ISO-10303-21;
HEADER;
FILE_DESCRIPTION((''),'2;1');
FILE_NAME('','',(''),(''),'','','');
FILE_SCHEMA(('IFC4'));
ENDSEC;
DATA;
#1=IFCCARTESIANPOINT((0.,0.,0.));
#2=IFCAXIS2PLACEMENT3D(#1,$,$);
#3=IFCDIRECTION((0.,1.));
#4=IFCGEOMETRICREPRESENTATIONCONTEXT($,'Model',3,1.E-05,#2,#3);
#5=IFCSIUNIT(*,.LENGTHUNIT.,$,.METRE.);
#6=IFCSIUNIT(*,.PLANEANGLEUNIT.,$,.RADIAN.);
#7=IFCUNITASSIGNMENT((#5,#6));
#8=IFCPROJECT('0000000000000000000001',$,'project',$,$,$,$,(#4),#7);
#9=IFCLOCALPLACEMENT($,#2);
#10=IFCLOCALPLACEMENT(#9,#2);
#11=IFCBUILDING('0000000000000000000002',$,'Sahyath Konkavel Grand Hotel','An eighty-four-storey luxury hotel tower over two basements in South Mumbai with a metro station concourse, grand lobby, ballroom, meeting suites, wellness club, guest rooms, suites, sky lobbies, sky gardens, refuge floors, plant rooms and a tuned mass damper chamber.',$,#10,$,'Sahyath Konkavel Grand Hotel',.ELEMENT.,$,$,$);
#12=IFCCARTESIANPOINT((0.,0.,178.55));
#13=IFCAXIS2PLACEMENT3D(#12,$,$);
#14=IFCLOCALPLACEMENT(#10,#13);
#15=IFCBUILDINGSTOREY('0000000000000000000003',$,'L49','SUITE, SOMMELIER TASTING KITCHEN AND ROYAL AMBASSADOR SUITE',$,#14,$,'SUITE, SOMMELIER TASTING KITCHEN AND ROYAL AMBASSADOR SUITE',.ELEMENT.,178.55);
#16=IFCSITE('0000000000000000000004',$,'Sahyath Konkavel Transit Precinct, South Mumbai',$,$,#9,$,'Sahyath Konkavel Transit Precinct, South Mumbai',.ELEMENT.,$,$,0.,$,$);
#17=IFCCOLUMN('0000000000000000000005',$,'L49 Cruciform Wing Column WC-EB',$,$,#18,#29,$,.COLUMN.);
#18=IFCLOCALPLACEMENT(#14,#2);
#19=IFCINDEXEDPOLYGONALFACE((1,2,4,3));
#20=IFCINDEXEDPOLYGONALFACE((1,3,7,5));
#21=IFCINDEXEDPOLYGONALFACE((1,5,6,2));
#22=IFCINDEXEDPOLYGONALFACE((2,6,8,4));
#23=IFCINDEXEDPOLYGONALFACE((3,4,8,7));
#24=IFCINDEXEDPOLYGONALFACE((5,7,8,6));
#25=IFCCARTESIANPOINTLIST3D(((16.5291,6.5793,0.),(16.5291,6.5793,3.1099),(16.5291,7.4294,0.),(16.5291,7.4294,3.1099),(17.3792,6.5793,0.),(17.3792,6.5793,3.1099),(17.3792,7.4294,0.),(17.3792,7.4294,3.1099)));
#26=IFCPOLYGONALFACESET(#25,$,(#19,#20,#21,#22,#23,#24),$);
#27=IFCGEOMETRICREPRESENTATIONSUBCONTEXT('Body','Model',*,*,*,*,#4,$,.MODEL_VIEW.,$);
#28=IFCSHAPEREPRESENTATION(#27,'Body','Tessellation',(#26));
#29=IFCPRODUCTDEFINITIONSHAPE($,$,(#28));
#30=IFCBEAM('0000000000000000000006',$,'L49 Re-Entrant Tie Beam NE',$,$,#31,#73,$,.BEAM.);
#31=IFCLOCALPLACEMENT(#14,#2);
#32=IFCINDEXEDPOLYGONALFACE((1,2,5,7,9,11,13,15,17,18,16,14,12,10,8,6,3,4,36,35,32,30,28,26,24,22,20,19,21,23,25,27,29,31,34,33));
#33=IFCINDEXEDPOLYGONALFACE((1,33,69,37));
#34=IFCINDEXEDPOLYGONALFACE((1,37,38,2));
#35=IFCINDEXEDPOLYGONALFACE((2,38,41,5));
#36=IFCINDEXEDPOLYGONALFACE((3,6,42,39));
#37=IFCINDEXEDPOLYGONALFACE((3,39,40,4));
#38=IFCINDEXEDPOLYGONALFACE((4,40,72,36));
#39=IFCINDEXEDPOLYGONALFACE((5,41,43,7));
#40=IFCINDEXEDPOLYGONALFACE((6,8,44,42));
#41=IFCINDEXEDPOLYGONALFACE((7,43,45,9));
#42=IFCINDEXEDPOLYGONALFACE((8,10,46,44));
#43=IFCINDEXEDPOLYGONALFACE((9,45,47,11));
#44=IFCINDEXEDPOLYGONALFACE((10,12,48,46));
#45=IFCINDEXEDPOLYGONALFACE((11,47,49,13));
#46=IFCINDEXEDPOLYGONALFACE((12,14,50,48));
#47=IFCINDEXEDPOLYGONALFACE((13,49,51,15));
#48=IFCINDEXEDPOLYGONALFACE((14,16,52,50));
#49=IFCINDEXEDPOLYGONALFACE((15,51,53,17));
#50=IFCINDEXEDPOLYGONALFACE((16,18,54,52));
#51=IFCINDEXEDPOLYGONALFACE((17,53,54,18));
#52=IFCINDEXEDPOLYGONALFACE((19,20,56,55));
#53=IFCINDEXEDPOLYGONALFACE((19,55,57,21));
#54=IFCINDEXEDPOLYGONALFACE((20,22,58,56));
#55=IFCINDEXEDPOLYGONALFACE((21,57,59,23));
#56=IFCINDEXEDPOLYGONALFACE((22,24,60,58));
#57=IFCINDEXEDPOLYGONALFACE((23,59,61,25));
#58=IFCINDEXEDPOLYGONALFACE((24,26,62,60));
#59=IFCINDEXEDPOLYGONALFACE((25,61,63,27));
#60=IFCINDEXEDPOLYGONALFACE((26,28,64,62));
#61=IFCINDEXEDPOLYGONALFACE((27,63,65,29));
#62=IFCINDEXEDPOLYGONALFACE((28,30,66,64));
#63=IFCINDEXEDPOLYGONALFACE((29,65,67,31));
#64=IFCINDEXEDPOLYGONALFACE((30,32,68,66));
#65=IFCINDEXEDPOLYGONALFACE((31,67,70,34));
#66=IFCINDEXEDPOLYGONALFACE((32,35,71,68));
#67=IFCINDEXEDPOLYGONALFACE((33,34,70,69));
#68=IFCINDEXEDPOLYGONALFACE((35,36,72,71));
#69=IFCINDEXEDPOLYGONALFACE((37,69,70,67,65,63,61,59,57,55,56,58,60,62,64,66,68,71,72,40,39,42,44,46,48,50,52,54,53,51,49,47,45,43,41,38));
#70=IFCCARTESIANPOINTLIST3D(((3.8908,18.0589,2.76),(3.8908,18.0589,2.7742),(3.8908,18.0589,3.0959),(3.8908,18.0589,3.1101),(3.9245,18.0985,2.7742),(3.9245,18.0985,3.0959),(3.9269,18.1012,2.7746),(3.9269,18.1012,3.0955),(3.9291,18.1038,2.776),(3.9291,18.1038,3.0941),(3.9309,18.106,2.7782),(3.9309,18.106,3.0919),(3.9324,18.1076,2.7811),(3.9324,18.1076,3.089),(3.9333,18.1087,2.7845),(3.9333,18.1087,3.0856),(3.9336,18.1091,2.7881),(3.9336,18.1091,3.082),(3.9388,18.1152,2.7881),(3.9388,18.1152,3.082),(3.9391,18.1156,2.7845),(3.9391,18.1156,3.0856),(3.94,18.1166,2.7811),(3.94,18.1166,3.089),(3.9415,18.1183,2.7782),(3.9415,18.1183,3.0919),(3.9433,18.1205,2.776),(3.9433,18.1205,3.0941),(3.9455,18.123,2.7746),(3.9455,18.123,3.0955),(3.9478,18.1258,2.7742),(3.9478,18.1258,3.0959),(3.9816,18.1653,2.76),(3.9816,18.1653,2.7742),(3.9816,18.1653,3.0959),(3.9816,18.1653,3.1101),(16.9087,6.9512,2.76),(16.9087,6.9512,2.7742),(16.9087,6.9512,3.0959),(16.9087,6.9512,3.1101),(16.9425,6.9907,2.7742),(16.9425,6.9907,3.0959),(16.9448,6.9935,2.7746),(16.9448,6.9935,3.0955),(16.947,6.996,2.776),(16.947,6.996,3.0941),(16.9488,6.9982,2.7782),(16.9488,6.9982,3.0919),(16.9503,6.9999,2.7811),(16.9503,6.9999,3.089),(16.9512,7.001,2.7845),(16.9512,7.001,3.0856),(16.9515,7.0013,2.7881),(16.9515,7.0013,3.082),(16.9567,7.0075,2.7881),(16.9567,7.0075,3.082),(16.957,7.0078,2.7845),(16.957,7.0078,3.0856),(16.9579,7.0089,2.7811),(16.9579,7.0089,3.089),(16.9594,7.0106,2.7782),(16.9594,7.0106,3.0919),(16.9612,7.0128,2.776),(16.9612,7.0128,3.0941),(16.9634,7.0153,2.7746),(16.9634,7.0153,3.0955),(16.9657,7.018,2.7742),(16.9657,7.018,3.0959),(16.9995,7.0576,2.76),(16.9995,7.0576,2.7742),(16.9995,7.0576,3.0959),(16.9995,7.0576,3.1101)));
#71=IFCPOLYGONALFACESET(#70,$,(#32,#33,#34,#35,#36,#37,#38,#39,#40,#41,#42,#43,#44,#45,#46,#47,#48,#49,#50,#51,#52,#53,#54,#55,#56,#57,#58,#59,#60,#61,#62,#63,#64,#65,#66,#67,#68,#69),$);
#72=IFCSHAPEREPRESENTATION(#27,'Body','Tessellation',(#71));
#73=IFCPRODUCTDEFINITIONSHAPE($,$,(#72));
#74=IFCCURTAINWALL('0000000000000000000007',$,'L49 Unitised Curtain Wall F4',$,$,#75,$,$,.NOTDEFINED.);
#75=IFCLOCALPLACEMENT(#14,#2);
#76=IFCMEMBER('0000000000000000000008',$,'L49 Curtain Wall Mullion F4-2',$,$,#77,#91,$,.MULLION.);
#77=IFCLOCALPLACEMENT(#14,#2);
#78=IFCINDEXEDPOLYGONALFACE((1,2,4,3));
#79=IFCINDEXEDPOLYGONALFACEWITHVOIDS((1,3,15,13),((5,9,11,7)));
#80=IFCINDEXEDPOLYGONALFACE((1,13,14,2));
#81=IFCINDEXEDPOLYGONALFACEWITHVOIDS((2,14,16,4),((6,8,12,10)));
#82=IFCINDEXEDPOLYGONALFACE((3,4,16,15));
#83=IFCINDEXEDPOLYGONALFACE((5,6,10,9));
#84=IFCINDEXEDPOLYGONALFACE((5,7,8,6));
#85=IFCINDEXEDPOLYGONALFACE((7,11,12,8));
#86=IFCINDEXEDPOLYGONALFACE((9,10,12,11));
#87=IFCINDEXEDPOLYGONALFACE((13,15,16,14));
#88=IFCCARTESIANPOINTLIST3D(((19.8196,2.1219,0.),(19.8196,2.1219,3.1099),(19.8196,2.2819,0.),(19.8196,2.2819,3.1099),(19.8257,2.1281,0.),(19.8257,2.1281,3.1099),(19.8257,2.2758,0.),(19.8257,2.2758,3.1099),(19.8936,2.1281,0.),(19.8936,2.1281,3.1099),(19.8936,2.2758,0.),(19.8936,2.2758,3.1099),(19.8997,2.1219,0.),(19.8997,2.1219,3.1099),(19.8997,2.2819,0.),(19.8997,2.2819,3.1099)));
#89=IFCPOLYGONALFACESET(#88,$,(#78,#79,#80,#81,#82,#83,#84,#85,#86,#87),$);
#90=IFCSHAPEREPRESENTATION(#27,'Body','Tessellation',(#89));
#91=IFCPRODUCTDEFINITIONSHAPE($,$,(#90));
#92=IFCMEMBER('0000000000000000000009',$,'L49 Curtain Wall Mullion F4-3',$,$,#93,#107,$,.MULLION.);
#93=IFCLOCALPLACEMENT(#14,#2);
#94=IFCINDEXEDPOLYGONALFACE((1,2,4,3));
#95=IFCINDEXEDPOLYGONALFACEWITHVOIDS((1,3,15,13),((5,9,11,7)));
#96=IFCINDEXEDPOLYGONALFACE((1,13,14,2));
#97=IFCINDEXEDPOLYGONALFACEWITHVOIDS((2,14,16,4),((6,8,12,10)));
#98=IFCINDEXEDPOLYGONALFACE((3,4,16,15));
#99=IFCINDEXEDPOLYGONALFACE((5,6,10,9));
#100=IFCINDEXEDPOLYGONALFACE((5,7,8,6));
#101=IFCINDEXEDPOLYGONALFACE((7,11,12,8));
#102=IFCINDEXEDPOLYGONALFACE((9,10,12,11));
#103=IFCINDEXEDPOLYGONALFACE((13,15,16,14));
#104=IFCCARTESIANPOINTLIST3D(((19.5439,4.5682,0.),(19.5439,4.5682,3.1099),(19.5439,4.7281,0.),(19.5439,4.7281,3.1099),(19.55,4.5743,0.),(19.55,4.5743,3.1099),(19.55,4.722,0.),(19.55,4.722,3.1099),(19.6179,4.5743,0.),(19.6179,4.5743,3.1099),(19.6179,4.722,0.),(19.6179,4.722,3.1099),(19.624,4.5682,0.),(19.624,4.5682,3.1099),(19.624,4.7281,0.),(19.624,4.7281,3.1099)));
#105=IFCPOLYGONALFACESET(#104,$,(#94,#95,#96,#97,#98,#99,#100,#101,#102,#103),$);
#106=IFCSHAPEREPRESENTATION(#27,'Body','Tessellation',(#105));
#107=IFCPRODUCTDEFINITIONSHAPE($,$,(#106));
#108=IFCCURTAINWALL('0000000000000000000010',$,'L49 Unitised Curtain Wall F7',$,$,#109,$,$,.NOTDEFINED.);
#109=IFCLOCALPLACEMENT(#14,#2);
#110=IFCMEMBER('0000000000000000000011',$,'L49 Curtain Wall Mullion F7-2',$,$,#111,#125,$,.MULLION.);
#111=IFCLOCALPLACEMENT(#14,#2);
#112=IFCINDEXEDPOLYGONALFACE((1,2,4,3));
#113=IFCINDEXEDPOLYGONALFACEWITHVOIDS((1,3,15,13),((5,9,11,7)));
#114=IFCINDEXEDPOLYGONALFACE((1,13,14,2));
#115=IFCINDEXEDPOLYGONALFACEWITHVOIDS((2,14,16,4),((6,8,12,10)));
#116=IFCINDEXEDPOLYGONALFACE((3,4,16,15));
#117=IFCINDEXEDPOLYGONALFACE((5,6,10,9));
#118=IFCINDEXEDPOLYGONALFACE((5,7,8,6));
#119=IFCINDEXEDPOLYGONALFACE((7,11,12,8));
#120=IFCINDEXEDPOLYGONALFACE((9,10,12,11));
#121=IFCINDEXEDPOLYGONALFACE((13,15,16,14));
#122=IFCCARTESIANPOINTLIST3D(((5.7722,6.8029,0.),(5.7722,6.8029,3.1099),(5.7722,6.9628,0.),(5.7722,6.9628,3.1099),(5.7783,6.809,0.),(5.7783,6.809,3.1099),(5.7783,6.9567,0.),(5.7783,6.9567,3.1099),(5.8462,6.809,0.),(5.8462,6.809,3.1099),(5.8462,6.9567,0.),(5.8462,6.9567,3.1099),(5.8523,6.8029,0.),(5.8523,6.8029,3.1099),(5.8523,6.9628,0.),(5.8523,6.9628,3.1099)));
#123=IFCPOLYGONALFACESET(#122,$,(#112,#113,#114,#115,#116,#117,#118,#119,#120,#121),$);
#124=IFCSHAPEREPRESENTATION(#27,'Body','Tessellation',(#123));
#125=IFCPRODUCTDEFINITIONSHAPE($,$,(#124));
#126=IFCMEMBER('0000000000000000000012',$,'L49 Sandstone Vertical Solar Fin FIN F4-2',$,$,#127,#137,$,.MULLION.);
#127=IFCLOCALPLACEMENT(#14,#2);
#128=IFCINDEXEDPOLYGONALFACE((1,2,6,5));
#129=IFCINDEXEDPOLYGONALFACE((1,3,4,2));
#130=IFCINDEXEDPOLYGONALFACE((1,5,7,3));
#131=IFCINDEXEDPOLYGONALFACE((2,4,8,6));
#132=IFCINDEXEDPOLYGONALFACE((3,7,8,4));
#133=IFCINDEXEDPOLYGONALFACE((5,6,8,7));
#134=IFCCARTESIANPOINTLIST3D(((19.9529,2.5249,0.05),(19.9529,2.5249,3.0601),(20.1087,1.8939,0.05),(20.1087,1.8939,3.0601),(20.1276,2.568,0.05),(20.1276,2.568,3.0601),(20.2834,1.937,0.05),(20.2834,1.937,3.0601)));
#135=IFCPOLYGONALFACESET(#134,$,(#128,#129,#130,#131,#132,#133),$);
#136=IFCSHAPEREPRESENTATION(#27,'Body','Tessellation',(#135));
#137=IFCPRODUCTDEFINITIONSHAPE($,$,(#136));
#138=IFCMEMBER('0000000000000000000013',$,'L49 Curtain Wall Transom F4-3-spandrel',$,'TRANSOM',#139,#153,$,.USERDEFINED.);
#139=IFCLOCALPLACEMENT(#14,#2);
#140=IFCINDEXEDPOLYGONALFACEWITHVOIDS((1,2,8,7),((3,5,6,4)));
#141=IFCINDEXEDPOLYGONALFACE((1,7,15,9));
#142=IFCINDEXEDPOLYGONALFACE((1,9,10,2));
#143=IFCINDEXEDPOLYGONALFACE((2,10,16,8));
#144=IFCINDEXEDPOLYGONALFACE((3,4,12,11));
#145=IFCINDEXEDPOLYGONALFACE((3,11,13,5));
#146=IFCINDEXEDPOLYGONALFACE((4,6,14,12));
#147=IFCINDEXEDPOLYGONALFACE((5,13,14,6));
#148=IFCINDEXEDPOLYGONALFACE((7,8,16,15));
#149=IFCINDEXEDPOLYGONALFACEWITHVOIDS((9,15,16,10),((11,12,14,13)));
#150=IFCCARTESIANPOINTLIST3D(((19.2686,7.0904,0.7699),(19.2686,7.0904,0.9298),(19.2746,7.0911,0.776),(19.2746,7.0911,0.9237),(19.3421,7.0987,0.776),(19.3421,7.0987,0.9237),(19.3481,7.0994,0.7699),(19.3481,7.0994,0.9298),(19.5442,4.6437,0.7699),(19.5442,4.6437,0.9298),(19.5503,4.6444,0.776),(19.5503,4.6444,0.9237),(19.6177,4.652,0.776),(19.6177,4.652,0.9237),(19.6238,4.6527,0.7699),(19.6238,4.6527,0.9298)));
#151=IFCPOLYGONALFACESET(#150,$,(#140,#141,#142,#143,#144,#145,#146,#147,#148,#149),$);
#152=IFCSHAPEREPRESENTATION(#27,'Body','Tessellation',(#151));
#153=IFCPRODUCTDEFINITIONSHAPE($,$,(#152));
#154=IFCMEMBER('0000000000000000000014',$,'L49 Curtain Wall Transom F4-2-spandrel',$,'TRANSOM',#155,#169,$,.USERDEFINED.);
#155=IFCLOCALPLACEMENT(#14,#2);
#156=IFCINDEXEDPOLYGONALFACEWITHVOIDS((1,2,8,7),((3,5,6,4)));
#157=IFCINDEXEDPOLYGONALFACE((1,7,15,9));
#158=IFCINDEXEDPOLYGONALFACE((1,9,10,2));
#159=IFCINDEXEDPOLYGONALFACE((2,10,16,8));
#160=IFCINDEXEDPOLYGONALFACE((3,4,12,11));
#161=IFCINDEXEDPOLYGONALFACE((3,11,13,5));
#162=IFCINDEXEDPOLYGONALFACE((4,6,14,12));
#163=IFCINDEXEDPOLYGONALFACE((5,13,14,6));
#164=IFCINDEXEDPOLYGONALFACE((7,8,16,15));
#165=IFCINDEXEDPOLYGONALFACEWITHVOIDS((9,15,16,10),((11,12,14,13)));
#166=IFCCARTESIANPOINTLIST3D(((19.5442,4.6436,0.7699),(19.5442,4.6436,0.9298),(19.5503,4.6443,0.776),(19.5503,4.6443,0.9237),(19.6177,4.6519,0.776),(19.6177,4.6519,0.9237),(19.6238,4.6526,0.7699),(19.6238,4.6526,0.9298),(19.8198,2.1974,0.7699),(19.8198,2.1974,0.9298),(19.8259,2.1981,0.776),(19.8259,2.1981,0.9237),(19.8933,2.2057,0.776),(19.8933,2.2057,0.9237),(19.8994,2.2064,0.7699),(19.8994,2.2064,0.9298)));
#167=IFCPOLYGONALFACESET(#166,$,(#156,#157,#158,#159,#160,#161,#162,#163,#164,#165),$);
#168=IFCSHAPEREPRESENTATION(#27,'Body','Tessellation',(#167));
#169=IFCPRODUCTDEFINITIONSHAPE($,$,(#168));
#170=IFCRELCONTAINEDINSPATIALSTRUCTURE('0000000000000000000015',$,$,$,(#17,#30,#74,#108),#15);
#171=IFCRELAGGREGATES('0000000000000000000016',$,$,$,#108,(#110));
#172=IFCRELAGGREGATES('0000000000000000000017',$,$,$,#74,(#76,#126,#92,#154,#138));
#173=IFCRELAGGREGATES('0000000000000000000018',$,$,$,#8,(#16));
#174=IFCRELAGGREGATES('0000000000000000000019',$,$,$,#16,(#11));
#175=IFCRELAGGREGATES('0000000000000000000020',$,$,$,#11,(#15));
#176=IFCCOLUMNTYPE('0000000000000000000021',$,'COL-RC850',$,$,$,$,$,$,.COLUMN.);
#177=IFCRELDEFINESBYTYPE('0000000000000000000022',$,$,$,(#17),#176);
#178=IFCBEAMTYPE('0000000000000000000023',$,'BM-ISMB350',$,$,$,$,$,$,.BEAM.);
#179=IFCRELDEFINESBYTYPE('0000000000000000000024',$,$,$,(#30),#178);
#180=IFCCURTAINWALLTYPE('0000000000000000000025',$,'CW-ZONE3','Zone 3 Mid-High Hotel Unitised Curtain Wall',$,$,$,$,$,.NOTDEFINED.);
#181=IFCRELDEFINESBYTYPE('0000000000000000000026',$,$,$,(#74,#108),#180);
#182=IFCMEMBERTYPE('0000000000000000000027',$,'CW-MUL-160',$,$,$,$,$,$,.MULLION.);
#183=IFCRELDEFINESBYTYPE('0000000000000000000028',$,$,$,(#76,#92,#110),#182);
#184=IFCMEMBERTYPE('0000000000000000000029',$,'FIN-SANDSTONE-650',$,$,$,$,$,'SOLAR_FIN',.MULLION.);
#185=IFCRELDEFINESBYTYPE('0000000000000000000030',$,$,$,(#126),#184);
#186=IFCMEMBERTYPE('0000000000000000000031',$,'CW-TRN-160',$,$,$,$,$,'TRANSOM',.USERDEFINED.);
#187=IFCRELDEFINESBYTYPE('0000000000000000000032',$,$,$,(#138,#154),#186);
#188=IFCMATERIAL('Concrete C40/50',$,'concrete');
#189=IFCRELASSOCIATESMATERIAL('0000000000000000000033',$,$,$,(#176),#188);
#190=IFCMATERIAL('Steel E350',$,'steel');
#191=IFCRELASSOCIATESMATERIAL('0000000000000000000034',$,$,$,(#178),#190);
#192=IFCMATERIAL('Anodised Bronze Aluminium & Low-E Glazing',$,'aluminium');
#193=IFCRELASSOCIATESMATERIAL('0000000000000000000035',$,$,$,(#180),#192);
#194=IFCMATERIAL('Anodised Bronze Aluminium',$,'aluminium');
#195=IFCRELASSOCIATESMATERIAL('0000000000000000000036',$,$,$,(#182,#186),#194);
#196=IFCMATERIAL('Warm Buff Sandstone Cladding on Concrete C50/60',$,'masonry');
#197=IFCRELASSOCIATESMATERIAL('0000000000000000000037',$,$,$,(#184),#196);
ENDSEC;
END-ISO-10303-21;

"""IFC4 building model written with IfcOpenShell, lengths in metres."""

from ifc_helpers import new_model, si_unit, direction, frame, origin, origin_2d, place, context, subcontext, project, spatial, rectangle, hollow_rectangle, i_section, extrude, source, transform, mapped, material, material_profile, profile_set, type_object, element, aggregate, save


model = new_model("IFC4")

# Units and contexts
model_context = context("Model", 3, precision=1e-05, world=origin(), true_north=direction((0.0, 1.0)))
body_context = subcontext(model_context, "Body", "Model", "MODEL_VIEW")
ifc_project = project(units=[si_unit("LENGTHUNIT", "METRE"), si_unit("PLANEANGLEUNIT", "RADIAN")], contexts=[model_context])

# Site, building, storey
site_placement = place(None, origin())
site = spatial("IfcSite", under=ifc_project, at=site_placement, Name="Sahyath Konkavel Transit Precinct, South Mumbai", LongName="Sahyath Konkavel Transit Precinct, South Mumbai", CompositionType="ELEMENT", RefElevation=0.0)
building_placement = place(site_placement, origin())
building = spatial("IfcBuilding", under=site, at=building_placement, Name="Sahyath Konkavel Grand Hotel", Description="An eighty-four-storey luxury hotel tower over two basements in South Mumbai with a metro station concourse, grand lobby, ballroom, meeting suites, wellness club, guest rooms, suites, sky lobbies, sky gardens, refuge floors, plant rooms and a tuned mass damper chamber.", LongName="Sahyath Konkavel Grand Hotel", CompositionType="ELEMENT")
storey_placement = place(building_placement, frame((0.0, 0.0, 178.55)))
storey = spatial("IfcBuildingStorey", under=building, at=storey_placement, Name="L49", Description="SUITE, SOMMELIER TASTING KITCHEN AND ROYAL AMBASSADOR SUITE", LongName="SUITE, SOMMELIER TASTING KITCHEN AND ROYAL AMBASSADOR SUITE", CompositionType="ELEMENT", Elevation=178.55)

# Column
ifc_material_1 = material(Name="Concrete C40/50", Category="concrete")
ifc_material_profile_1 = material_profile(ifc_material_1, rectangle(XDim=0.8501, YDim=0.8501, at=origin_2d()), Name="RC 850x850")
ifc_profile_set_1 = profile_set([ifc_material_profile_1], Name="Concrete C40/50")
column_type = type_object("IfcColumnType", Name="COL-RC850", PredefinedType="COLUMN", material=ifc_profile_set_1)
shared_shape_1 = source(origin(), body_context, "Body", "SweptSolid", [
    extrude(rectangle(XDim=0.8501, YDim=0.8501, at=origin_2d()), origin(), (0.0, 0.0, 1.0), 3.1099),
])
column_placement = place(storey_placement, frame((16.9541, 7.0044, 0.0), z_axis=(0.0, 0.0, 1.0), x_axis=(1.0, 0.0, 0.0)))
element("IfcColumn", 1, at=column_placement, inside=storey, type_object=column_type, Name="L49 Cruciform Wing Column WC-EB", PredefinedType="COLUMN", context=body_context, shape_type="MappedRepresentation", body=[
    mapped(shared_shape_1, transform((0.0, 0.0, 0.0), scale=1.0)),
])

# Beam
ifc_material_2 = material(Name="Steel E350", Category="steel")
ifc_material_profile_2 = material_profile(ifc_material_2, i_section(OverallWidth=0.1399, OverallDepth=0.3501, WebThickness=0.0081, FlangeThickness=0.0142, FilletRadius=0.0139, at=origin_2d()), Name="ISMB 350")
ifc_profile_set_2 = profile_set([ifc_material_profile_2], Name="Steel E350")
beam_type_1 = type_object("IfcBeamType", Name="BM-ISMB350", PredefinedType="BEAM", material=ifc_profile_set_2)
shared_shape_2 = source(origin(), body_context, "Body", "SweptSolid", [
    extrude(i_section(OverallWidth=0.1399, OverallDepth=0.3501, WebThickness=0.0081, FlangeThickness=0.0142, FilletRadius=0.0139, at=origin_2d()), origin(), (0.0, 0.0, 1.0), 17.1128),
])
beam_1_placement = place(storey_placement, frame((16.9541, 7.0044, 2.9351), z_axis=(-0.760712, 0.64909, 0.0), x_axis=(-0.64909, -0.760712, 0.0)))
element("IfcBeam", 2, at=beam_1_placement, inside=storey, type_object=beam_type_1, Name="L49 Re-Entrant Tie Beam NE", PredefinedType="BEAM", context=body_context, shape_type="MappedRepresentation", body=[
    mapped(shared_shape_2, transform((0.0, 0.0, 0.0), scale=1.0)),
])

# Curtain wall, members
ifc_material_3 = material(Name="Anodised Bronze Aluminium & Low-E Glazing", Category="aluminium")
curtain_wall_type = type_object("IfcCurtainWallType", Name="CW-ZONE3", Description="Zone 3 Mid-High Hotel Unitised Curtain Wall", PredefinedType="NOTDEFINED", material=ifc_material_3)
curtain_wall_1_placement = place(storey_placement, origin())
curtain_wall_1 = element("IfcCurtainWall", 3, at=curtain_wall_1_placement, inside=storey, type_object=curtain_wall_type, Name="L49 Unitised Curtain Wall F4", PredefinedType="NOTDEFINED")
ifc_material_4 = material(Name="Anodised Bronze Aluminium", Category="aluminium")
ifc_material_profile_3 = material_profile(ifc_material_4, hollow_rectangle(XDim=0.0801, YDim=0.1599, WallThickness=0.0061, at=origin_2d()), Name="RHS 160x80x6")
ifc_profile_set_3 = profile_set([ifc_material_profile_3], Name="Anodised Bronze Aluminium")
member_type_1 = type_object("IfcMemberType", Name="CW-MUL-160", PredefinedType="MULLION", material=ifc_profile_set_3)
shared_shape_3 = source(origin(), body_context, "Body", "SweptSolid", [
    extrude(hollow_rectangle(XDim=0.0801, YDim=0.1599, WallThickness=0.0061, at=origin_2d()), origin(), (0.0, 0.0, 1.0), 3.1099),
])
member_1_placement = place(storey_placement, frame((19.8596, 2.2019, 0.0), z_axis=(0.0, 0.0, 1.0), x_axis=(1.0, 0.0, 0.0)))
member_1 = element("IfcMember", 4, at=member_1_placement, type_object=member_type_1, Name="L49 Curtain Wall Mullion F4-2", PredefinedType="MULLION", context=body_context, shape_type="MappedRepresentation", body=[
    mapped(shared_shape_3, transform((0.0, 0.0, 0.0), scale=1.0)),
])
member_2_placement = place(storey_placement, frame((19.584, 4.6482, 0.0), z_axis=(0.0, 0.0, 1.0), x_axis=(1.0, 0.0, 0.0)))
member_2 = element("IfcMember", 5, at=member_2_placement, type_object=member_type_1, Name="L49 Curtain Wall Mullion F4-3", PredefinedType="MULLION", context=body_context, shape_type="MappedRepresentation", body=[
    mapped(shared_shape_3, transform((0.0, 0.0, 0.0), scale=1.0)),
])

# Curtain wall, member
curtain_wall_2_placement = place(storey_placement, origin())
curtain_wall_2 = element("IfcCurtainWall", 6, at=curtain_wall_2_placement, inside=storey, type_object=curtain_wall_type, Name="L49 Unitised Curtain Wall F7", PredefinedType="NOTDEFINED")
member_3_placement = place(storey_placement, frame((5.8123, 6.8828, 0.0), z_axis=(0.0, 0.0, 1.0), x_axis=(1.0, 0.0, 0.0)))
member_3 = element("IfcMember", 7, at=member_3_placement, type_object=member_type_1, Name="L49 Curtain Wall Mullion F7-2", PredefinedType="MULLION", context=body_context, shape_type="MappedRepresentation", body=[
    mapped(shared_shape_3, transform((0.0, 0.0, 0.0), scale=1.0)),
])
aggregate(curtain_wall_2, [member_3])

# Members
ifc_material_5 = material(Name="Warm Buff Sandstone Cladding on Concrete C50/60", Category="masonry")
ifc_material_profile_4 = material_profile(ifc_material_5, rectangle(XDim=0.1799, YDim=0.6499, at=origin_2d()), Name="FIN 180x650")
ifc_profile_set_4 = profile_set([ifc_material_profile_4], Name="Warm Buff Sandstone Cladding on Concrete C50/60")
member_type_2 = type_object("IfcMemberType", Name="FIN-SANDSTONE-650", ElementType="SOLAR_FIN", PredefinedType="MULLION", material=ifc_profile_set_4)
shared_shape_4 = source(origin(), body_context, "Body", "SweptSolid", [
    extrude(rectangle(XDim=0.1799, YDim=0.6499, at=origin_2d()), origin(), (0.0, 0.0, 1.0), 3.01),
])
member_4_placement = place(storey_placement, frame((20.1182, 2.231, 0.05), z_axis=(0.0, 0.0, 1.0), x_axis=(0.970842, 0.23972, 0.0)))
member_4 = element("IfcMember", 8, at=member_4_placement, type_object=member_type_2, Name="L49 Sandstone Vertical Solar Fin FIN F4-2", PredefinedType="MULLION", context=body_context, shape_type="MappedRepresentation", body=[
    mapped(shared_shape_4, transform((0.0, 0.0, 0.0), scale=1.0)),
])
ifc_material_profile_5 = material_profile(ifc_material_4, hollow_rectangle(XDim=0.0801, YDim=0.1599, WallThickness=0.0061, at=origin_2d()), Name="RHS 160x80x6")
ifc_profile_set_5 = profile_set([ifc_material_profile_5], Name="Anodised Bronze Aluminium")
member_type_3 = type_object("IfcMemberType", Name="CW-TRN-160", ElementType="TRANSOM", PredefinedType="USERDEFINED", material=ifc_profile_set_5)
shared_shape_5 = source(origin(), body_context, "Body", "SweptSolid", [
    extrude(hollow_rectangle(XDim=0.0801, YDim=0.1599, WallThickness=0.0061, at=origin_2d()), origin(), (0.0, 0.0, 1.0), 2.4622),
])
member_5_placement = place(storey_placement, frame((19.584, 4.6482, 0.8499), z_axis=(-0.111944, 0.993715, 0.0), x_axis=(-0.993715, -0.111944, 0.0)))
member_5 = element("IfcMember", 9, at=member_5_placement, type_object=member_type_3, Name="L49 Curtain Wall Transom F4-3-spandrel", ObjectType="TRANSOM", PredefinedType="USERDEFINED", context=body_context, shape_type="MappedRepresentation", body=[
    mapped(shared_shape_5, transform((0.0, 0.0, 0.0), scale=1.0)),
])
shared_shape_6 = source(origin(), body_context, "Body", "SweptSolid", [
    extrude(hollow_rectangle(XDim=0.0801, YDim=0.1599, WallThickness=0.0061, at=origin_2d()), origin(), (0.0, 0.0, 1.0), 2.4617),
])
member_6_placement = place(storey_placement, frame((19.8596, 2.2019, 0.8499), z_axis=(-0.111966, 0.993712, 0.0), x_axis=(-0.993712, -0.111966, 0.0)))
member_6 = element("IfcMember", 10, at=member_6_placement, type_object=member_type_3, Name="L49 Curtain Wall Transom F4-2-spandrel", ObjectType="TRANSOM", PredefinedType="USERDEFINED", context=body_context, shape_type="MappedRepresentation", body=[
    mapped(shared_shape_6, transform((0.0, 0.0, 0.0), scale=1.0)),
])

aggregate(curtain_wall_1, [member_1, member_4, member_2, member_6, member_5])

save(model, "model.ifc")
